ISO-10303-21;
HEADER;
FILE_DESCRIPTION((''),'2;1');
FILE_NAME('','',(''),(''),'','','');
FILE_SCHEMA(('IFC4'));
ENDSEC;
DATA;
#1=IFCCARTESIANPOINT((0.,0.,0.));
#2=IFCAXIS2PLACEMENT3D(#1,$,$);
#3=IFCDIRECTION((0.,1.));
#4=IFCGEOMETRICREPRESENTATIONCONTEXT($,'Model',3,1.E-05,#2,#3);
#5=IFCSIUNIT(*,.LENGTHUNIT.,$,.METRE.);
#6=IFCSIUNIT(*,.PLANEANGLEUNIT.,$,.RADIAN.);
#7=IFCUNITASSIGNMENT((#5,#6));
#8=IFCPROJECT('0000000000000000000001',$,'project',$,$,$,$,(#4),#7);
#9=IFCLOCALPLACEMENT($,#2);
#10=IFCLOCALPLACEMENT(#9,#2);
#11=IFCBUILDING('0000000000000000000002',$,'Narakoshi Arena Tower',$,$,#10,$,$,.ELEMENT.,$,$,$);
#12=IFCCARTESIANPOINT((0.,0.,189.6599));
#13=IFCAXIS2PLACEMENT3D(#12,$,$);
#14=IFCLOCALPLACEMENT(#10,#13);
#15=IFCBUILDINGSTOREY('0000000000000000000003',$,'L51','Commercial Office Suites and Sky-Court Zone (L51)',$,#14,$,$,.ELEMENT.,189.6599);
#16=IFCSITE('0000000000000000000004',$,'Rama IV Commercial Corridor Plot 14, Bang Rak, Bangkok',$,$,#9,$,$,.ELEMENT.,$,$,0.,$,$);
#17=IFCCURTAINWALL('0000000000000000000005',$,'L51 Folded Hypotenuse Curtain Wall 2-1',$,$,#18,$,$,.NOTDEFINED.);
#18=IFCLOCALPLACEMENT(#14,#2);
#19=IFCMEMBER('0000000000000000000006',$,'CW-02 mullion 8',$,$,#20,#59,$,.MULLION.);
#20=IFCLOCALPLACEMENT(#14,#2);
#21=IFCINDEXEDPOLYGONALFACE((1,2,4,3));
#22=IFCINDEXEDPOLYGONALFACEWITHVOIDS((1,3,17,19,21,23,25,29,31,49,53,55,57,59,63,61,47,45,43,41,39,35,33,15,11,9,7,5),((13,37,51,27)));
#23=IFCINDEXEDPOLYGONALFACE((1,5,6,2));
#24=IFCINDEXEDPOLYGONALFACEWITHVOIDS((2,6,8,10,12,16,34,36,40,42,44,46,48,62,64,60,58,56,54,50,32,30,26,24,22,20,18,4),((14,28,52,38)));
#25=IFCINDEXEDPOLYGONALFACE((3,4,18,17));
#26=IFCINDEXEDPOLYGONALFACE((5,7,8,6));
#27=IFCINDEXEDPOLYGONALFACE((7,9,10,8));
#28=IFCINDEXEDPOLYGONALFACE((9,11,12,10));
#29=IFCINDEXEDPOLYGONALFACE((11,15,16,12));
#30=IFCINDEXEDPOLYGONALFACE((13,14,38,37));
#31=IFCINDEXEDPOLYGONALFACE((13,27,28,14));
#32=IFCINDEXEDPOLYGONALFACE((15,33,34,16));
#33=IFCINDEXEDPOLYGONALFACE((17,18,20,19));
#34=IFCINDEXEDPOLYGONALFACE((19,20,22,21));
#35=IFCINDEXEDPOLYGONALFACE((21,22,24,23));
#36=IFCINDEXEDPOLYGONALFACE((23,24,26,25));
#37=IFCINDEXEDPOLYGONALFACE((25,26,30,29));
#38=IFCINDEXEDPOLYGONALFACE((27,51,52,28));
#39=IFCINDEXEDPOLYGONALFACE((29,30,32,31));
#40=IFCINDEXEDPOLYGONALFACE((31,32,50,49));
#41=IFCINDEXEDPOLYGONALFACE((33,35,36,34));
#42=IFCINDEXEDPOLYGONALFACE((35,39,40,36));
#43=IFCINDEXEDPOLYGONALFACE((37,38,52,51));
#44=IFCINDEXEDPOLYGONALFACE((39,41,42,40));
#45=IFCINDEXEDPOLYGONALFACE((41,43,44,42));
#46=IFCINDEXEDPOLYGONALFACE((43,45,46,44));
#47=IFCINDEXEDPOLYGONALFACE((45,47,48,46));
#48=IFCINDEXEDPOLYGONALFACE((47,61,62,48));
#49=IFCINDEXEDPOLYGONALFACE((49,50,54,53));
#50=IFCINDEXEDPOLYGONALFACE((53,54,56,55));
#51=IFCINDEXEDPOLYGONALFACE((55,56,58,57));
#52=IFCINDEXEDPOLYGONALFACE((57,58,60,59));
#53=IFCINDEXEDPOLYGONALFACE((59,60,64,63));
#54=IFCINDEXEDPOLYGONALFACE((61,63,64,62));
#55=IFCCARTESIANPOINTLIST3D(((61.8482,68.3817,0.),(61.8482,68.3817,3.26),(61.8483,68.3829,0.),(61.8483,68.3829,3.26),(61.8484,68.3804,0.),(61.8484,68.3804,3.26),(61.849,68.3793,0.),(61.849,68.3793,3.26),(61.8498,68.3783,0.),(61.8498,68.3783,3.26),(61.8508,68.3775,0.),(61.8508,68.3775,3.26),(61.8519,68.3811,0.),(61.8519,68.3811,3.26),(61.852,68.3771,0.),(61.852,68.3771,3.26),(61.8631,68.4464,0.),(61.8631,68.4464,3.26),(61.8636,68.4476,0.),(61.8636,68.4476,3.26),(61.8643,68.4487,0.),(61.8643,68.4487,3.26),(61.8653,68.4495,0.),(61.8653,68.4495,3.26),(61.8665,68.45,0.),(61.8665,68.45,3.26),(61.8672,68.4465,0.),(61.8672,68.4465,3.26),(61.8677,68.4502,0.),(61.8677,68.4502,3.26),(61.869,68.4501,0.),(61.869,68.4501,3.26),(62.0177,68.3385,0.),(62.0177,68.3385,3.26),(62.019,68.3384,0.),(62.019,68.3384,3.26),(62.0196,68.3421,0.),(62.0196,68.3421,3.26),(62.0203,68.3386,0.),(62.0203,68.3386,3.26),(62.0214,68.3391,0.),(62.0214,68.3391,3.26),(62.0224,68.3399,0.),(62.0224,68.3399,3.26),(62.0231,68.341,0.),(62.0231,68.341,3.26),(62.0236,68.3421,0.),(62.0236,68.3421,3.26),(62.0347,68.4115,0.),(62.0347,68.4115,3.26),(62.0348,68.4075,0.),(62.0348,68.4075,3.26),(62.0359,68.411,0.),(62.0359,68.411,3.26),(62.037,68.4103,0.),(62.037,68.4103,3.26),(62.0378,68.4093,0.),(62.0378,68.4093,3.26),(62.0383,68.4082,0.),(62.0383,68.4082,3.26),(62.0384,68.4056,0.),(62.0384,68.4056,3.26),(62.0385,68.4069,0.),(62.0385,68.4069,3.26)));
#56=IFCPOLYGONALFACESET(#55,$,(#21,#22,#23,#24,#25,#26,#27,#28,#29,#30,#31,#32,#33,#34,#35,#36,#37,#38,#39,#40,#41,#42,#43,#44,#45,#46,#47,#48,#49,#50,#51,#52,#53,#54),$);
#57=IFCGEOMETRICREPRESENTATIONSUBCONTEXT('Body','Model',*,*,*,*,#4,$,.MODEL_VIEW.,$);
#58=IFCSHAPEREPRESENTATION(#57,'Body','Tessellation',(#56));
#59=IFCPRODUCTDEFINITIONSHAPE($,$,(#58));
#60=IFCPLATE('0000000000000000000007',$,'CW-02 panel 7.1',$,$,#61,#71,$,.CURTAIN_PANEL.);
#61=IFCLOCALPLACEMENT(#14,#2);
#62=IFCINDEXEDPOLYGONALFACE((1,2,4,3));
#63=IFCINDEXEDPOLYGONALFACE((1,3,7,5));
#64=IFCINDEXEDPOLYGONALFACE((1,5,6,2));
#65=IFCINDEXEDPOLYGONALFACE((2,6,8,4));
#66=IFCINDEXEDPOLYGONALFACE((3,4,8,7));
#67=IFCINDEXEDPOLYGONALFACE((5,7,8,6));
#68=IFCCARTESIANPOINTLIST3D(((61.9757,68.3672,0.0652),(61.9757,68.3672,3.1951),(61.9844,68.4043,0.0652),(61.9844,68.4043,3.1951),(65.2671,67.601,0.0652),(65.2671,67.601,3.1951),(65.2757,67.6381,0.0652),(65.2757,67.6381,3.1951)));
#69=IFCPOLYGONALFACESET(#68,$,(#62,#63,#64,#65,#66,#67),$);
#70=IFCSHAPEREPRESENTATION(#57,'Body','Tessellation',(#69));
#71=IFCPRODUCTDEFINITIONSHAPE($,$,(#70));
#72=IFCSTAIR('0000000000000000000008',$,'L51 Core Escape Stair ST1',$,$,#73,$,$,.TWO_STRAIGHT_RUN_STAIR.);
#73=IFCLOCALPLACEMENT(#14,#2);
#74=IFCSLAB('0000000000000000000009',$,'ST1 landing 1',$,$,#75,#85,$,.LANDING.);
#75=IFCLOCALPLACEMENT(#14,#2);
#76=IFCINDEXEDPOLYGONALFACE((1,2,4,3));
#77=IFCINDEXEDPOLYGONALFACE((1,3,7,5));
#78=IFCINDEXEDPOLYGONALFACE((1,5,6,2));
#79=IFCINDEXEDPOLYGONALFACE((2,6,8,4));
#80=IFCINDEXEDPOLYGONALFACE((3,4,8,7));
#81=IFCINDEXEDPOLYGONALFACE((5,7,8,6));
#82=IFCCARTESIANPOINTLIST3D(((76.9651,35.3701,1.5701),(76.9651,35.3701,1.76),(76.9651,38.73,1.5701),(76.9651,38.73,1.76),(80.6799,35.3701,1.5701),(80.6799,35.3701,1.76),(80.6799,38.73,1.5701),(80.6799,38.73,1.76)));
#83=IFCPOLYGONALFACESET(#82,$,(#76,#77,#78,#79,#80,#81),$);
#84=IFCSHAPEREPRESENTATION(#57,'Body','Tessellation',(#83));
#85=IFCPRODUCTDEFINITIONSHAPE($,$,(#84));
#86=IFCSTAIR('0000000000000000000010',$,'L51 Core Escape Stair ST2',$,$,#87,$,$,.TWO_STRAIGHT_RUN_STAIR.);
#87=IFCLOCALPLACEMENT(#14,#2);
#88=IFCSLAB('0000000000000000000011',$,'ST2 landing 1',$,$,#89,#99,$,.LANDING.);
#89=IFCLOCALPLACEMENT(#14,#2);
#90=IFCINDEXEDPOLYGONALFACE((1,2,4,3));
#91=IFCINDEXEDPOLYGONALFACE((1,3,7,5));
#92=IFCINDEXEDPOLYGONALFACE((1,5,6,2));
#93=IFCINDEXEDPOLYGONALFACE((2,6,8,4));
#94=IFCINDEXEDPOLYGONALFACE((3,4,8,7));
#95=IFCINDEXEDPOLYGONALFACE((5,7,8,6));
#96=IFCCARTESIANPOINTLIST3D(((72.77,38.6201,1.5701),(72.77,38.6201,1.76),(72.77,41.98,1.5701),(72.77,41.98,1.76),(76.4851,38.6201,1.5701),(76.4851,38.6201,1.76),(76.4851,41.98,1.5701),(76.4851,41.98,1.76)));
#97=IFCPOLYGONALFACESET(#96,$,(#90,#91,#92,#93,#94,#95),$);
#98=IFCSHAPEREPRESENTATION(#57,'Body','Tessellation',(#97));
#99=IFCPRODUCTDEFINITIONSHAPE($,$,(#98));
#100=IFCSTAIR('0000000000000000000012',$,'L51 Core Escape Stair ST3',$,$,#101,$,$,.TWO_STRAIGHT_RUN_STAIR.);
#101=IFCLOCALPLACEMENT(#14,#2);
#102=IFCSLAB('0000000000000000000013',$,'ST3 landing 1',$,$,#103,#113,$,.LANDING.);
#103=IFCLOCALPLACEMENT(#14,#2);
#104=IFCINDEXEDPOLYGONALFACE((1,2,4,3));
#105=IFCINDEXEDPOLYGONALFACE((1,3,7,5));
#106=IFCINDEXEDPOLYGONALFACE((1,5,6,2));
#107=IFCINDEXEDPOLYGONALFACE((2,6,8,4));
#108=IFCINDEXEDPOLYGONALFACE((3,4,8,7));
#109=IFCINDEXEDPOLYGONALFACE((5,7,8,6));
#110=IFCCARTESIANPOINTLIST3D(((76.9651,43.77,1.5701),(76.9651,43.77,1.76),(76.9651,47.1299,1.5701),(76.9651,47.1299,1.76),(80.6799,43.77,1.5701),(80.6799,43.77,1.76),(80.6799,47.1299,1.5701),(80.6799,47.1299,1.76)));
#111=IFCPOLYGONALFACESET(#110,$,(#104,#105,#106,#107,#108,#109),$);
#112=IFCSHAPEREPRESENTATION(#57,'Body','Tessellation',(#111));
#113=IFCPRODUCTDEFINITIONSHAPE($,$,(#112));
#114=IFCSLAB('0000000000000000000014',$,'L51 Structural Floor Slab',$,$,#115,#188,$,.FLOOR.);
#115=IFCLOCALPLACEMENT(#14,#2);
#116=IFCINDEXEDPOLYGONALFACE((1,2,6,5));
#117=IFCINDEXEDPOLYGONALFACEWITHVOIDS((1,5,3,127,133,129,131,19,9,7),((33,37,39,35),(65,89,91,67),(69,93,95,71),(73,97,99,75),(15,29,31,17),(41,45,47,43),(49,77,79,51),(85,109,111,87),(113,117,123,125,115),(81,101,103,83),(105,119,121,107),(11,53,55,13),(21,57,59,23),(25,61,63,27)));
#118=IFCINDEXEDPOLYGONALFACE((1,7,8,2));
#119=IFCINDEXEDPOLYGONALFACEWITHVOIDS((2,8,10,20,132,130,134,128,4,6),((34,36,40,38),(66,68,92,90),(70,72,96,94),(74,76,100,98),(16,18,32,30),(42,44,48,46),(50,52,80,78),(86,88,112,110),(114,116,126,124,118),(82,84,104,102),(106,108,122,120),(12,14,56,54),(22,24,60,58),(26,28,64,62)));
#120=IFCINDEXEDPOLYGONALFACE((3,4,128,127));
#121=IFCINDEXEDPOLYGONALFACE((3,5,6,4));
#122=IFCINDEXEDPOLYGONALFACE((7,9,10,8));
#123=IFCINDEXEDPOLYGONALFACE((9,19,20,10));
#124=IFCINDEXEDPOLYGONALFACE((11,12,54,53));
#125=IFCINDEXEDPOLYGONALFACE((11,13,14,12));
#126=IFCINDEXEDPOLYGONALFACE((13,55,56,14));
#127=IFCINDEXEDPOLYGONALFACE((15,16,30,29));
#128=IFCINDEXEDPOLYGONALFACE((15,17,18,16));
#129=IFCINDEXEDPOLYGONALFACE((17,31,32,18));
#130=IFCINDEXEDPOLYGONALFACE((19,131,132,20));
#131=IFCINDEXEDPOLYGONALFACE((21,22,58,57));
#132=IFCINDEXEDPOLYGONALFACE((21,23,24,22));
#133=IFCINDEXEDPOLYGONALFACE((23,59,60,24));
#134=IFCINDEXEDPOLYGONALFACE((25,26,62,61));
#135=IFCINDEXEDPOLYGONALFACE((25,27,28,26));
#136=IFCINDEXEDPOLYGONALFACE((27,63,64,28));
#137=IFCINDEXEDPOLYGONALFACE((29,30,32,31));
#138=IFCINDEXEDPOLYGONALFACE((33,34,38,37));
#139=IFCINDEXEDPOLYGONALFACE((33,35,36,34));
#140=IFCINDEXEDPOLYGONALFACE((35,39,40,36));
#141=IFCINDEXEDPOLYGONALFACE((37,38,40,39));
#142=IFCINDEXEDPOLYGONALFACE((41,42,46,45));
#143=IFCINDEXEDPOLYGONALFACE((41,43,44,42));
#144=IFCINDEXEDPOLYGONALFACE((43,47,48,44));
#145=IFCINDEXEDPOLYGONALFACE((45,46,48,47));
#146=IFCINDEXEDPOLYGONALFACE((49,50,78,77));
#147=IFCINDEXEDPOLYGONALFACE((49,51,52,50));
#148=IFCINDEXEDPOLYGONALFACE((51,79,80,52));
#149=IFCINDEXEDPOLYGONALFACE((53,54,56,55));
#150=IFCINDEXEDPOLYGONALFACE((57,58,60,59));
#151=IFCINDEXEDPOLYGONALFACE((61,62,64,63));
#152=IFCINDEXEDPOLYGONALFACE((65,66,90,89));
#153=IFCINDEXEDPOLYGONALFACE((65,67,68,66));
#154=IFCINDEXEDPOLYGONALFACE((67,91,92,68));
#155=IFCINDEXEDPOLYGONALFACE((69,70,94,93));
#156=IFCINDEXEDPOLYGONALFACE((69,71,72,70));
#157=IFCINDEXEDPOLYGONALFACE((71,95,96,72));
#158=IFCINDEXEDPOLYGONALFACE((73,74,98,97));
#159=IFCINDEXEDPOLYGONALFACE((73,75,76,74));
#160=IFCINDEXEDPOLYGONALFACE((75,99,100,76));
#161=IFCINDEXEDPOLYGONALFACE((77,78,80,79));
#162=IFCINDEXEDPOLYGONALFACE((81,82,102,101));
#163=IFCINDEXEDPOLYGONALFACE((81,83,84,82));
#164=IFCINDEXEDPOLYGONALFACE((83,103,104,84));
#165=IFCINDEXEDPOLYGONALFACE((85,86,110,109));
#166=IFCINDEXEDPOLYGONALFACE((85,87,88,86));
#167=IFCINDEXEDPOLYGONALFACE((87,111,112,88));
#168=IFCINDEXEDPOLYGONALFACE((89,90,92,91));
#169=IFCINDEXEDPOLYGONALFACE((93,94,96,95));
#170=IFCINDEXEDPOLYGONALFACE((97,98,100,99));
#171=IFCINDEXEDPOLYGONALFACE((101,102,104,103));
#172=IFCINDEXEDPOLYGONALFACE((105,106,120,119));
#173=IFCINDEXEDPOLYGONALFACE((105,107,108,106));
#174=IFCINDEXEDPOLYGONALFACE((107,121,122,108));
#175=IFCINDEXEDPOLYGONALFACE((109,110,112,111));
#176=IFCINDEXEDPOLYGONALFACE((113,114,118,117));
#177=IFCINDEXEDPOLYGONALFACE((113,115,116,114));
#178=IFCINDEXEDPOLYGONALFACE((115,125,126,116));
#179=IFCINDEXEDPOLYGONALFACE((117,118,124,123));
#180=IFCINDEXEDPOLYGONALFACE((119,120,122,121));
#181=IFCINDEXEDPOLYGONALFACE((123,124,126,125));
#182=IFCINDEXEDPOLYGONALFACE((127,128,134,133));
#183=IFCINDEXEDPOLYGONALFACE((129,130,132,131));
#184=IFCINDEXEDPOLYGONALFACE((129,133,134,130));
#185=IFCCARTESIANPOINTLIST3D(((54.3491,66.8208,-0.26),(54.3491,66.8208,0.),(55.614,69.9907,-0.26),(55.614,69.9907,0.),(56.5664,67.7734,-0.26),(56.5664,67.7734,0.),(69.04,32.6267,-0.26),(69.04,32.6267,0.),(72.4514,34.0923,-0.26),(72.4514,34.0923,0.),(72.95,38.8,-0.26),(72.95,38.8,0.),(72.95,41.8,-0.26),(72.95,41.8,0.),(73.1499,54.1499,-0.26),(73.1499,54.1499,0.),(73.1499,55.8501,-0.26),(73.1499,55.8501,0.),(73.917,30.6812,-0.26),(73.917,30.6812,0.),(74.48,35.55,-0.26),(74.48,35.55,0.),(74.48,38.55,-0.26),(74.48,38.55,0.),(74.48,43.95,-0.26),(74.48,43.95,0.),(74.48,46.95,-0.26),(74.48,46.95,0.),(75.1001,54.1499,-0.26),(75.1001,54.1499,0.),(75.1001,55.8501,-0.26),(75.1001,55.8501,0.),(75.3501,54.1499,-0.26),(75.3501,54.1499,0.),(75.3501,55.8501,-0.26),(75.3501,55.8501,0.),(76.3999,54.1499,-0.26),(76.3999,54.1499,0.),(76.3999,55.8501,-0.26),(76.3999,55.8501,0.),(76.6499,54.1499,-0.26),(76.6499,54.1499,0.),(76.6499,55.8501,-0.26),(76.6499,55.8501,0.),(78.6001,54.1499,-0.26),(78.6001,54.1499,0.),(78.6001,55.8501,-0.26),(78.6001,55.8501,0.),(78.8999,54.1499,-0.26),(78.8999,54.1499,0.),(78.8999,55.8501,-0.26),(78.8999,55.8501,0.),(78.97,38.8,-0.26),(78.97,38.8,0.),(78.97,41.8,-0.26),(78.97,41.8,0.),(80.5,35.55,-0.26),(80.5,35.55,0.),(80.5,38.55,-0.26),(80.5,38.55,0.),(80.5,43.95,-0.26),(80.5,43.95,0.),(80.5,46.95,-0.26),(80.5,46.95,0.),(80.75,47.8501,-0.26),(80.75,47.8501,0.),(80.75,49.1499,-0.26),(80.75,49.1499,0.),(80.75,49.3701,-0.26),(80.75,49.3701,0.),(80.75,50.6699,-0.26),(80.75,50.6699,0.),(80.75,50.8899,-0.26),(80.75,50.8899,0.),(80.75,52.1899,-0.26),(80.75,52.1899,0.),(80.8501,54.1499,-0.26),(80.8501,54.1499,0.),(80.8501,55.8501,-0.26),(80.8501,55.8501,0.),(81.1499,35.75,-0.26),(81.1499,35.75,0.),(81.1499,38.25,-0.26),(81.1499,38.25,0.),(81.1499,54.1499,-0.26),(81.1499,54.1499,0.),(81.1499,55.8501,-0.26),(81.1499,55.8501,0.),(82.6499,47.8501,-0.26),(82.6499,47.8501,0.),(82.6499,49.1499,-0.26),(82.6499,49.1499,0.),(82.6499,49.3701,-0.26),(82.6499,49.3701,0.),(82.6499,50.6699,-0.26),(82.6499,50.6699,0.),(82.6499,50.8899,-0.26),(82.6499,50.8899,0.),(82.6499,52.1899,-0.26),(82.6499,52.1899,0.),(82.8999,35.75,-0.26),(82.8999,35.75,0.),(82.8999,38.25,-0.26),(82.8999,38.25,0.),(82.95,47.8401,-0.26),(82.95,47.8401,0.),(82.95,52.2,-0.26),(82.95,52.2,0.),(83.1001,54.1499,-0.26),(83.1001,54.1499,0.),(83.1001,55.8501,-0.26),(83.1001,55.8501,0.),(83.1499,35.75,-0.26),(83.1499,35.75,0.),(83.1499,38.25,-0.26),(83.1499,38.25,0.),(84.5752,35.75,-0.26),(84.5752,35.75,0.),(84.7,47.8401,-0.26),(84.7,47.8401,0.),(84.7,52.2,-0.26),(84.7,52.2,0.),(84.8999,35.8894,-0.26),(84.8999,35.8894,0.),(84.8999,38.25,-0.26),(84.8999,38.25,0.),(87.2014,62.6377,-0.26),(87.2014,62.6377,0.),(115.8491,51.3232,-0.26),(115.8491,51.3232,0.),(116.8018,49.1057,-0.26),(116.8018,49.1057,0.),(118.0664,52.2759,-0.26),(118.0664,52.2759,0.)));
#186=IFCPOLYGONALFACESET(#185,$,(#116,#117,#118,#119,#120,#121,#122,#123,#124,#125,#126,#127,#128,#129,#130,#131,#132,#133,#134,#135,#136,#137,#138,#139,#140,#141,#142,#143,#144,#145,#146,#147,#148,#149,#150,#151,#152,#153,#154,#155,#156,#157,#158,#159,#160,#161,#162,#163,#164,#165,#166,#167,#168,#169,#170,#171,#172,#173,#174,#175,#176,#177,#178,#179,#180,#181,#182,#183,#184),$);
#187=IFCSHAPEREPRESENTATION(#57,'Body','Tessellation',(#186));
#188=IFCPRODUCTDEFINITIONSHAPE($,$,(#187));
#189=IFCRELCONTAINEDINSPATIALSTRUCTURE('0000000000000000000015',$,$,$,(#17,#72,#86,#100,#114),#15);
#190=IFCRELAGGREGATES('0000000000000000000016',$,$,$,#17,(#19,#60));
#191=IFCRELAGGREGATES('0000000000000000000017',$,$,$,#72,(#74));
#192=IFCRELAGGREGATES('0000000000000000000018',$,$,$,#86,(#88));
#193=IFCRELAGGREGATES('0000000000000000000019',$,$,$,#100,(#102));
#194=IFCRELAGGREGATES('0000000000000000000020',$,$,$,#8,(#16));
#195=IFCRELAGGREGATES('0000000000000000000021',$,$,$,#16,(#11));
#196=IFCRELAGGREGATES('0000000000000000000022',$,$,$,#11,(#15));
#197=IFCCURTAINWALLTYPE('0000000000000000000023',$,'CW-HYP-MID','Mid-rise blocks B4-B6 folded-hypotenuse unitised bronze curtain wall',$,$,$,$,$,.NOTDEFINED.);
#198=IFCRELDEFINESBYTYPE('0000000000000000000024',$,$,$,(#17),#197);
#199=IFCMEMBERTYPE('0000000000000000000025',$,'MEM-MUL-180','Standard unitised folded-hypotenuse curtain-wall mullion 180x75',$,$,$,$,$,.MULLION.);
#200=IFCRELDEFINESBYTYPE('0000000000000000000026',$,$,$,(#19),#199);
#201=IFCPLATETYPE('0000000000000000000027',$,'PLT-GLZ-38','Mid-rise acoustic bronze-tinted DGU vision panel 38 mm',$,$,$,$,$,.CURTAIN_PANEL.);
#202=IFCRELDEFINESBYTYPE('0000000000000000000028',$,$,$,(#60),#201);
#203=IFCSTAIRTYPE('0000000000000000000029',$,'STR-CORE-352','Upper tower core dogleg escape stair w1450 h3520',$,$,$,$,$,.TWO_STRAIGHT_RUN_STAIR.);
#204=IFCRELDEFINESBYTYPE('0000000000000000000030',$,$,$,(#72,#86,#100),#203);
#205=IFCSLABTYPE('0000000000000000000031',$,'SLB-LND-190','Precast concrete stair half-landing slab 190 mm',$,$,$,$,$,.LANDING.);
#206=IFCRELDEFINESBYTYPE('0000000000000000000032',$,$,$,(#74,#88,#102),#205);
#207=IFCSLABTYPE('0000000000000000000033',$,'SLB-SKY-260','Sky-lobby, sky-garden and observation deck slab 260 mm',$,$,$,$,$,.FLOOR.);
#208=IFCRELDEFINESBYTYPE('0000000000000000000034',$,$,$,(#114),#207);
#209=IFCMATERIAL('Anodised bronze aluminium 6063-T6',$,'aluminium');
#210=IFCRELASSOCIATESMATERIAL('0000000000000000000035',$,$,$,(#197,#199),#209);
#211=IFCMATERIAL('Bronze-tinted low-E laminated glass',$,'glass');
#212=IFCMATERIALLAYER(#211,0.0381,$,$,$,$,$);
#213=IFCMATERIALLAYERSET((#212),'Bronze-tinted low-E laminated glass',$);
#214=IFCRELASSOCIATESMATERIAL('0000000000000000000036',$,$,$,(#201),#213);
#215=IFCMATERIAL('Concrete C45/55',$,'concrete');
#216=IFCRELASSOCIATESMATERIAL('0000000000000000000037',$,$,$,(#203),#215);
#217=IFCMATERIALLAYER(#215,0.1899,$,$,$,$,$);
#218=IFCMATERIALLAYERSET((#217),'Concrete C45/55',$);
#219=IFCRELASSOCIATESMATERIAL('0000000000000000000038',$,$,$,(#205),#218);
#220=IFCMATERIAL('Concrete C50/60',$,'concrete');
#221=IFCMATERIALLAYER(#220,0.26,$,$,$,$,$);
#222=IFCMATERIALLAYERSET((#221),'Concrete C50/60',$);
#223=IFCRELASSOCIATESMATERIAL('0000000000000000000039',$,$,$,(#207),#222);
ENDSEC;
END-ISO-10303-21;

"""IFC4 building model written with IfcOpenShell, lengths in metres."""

from ifc_helpers import new_model, si_unit, direction, frame, origin, origin_2d, place, context, subcontext, project, spatial, polyline, rectangle, hollow_rectangle, outline, extrude, material, layer, layer_set, material_profile, profile_set, type_object, element, aggregate, save


model = new_model("IFC4")

# Units and contexts
model_context = context("Model", 3, precision=1e-05, world=origin(), true_north=direction((0.0, 1.0)))
body_context = subcontext(model_context, "Body", "Model", "MODEL_VIEW")
ifc_project = project(units=[si_unit("LENGTHUNIT", "METRE"), si_unit("PLANEANGLEUNIT", "RADIAN")], contexts=[model_context])

# Site, building, storey
site_placement = place(None, origin())
site = spatial("IfcSite", under=ifc_project, at=site_placement, Name="Rama IV Commercial Corridor Plot 14, Bang Rak, Bangkok", CompositionType="ELEMENT", RefElevation=0.0)
building_placement = place(site_placement, origin())
building = spatial("IfcBuilding", under=site, at=building_placement, Name="Narakoshi Arena Tower", CompositionType="ELEMENT")
storey_placement = place(building_placement, frame((0.0, 0.0, 189.6599)))
storey = spatial("IfcBuildingStorey", under=building, at=storey_placement, Name="L51", Description="Commercial Office Suites and Sky-Court Zone (L51)", CompositionType="ELEMENT", Elevation=189.6599)

# Shared definitions
ifc_material_1 = material(Name="Concrete C50/60", Category="concrete")

# Curtain wall, member, plate
ifc_material_2 = material(Name="Anodised bronze aluminium 6063-T6", Category="aluminium")
curtain_wall_type = type_object("IfcCurtainWallType", Name="CW-HYP-MID", Description="Mid-rise blocks B4-B6 folded-hypotenuse unitised bronze curtain wall", PredefinedType="NOTDEFINED", material=ifc_material_2)
curtain_wall_placement = place(storey_placement, origin())
curtain_wall = element("IfcCurtainWall", 1, at=curtain_wall_placement, inside=storey, type_object=curtain_wall_type, Name="L51 Folded Hypotenuse Curtain Wall 2-1", PredefinedType="NOTDEFINED")
ifc_material_profile_1 = material_profile(ifc_material_2, hollow_rectangle(XDim=0.075, YDim=0.1799, WallThickness=0.0039, OuterFilletRadius=0.0049, at=origin_2d()), Name="MUL180x75x4")
ifc_profile_set_1 = profile_set([ifc_material_profile_1], Name="Anodised bronze aluminium 6063-T6")
member_type = type_object("IfcMemberType", Name="MEM-MUL-180", Description="Standard unitised folded-hypotenuse curtain-wall mullion 180x75", PredefinedType="MULLION", material=ifc_profile_set_1)
member_placement = place(storey_placement, frame((61.9434, 68.3943, 0.0), z_axis=(0.0, 0.0, 1.0), x_axis=(-0.226721, -0.97396, 0.0)))
member = element("IfcMember", 2, at=member_placement, type_object=member_type, Name="CW-02 mullion 8", PredefinedType="MULLION", context=body_context, shape_type="SweptSolid", body=[
    extrude(hollow_rectangle(XDim=0.075, YDim=0.1799, WallThickness=0.0039, OuterFilletRadius=0.0049, at=origin_2d()), origin(), (0.0, 0.0, 1.0), 3.26),
])
ifc_material_3 = material(Name="Bronze-tinted low-E laminated glass", Category="glass")
ifc_layer_1 = layer(ifc_material_3, 0.0381)
ifc_layer_set_1 = layer_set([ifc_layer_1], Name="Bronze-tinted low-E laminated glass")
plate_type = type_object("IfcPlateType", Name="PLT-GLZ-38", Description="Mid-rise acoustic bronze-tinted DGU vision panel 38 mm", PredefinedType="CURTAIN_PANEL", material=ifc_layer_set_1)
plate_placement = place(storey_placement, frame((63.6257, 68.0027, 0.0652), z_axis=(0.0, 0.0, 1.0), x_axis=(-0.97396, 0.226721, 0.0)))
plate = element("IfcPlate", 3, at=plate_placement, type_object=plate_type, Name="CW-02 panel 7.1", PredefinedType="CURTAIN_PANEL", context=body_context, shape_type="SweptSolid", body=[
    extrude(rectangle(XDim=3.3794, YDim=0.0381, at=origin_2d()), origin(), (0.0, 0.0, 1.0), 3.1299),
])
aggregate(curtain_wall, [member, plate])

# Stairs, slabs
ifc_material_4 = material(Name="Concrete C45/55", Category="concrete")
stair_type = type_object("IfcStairType", Name="STR-CORE-352", Description="Upper tower core dogleg escape stair w1450 h3520", PredefinedType="TWO_STRAIGHT_RUN_STAIR", material=ifc_material_4)
stair_1_placement = place(storey_placement, origin())
stair_1 = element("IfcStair", 4, at=stair_1_placement, inside=storey, type_object=stair_type, Name="L51 Core Escape Stair ST1", PredefinedType="TWO_STRAIGHT_RUN_STAIR")
ifc_layer_2 = layer(ifc_material_4, 0.1899)
ifc_layer_set_2 = layer_set([ifc_layer_2], Name="Concrete C45/55")
slab_type_1 = type_object("IfcSlabType", Name="SLB-LND-190", Description="Precast concrete stair half-landing slab 190 mm", PredefinedType="LANDING", material=ifc_layer_set_2)
slab_1_placement = place(storey_placement, frame((0.0, 0.0, 1.5701)))
slab_1 = element("IfcSlab", 5, at=slab_1_placement, type_object=slab_type_1, Name="ST1 landing 1", PredefinedType="LANDING", context=body_context, shape_type="SweptSolid", body=[
    extrude(outline(polyline([(76.9651, 35.3701), (80.6799, 35.3701), (80.6799, 38.73), (76.9651, 38.73), (76.9651, 35.3701)])), origin(), (0.0, 0.0, 1.0), 0.1899),
])
aggregate(stair_1, [slab_1])
stair_2_placement = place(storey_placement, origin())
stair_2 = element("IfcStair", 6, at=stair_2_placement, inside=storey, type_object=stair_type, Name="L51 Core Escape Stair ST2", PredefinedType="TWO_STRAIGHT_RUN_STAIR")
slab_2_placement = place(storey_placement, frame((0.0, 0.0, 1.5701)))
slab_2 = element("IfcSlab", 7, at=slab_2_placement, type_object=slab_type_1, Name="ST2 landing 1", PredefinedType="LANDING", context=body_context, shape_type="SweptSolid", body=[
    extrude(outline(polyline([(72.77, 38.6201), (76.4851, 38.6201), (76.4851, 41.98), (72.77, 41.98), (72.77, 38.6201)])), origin(), (0.0, 0.0, 1.0), 0.1899),
])
aggregate(stair_2, [slab_2])
stair_3_placement = place(storey_placement, origin())
stair_3 = element("IfcStair", 8, at=stair_3_placement, inside=storey, type_object=stair_type, Name="L51 Core Escape Stair ST3", PredefinedType="TWO_STRAIGHT_RUN_STAIR")
slab_3_placement = place(storey_placement, frame((0.0, 0.0, 1.5701)))
slab_3 = element("IfcSlab", 9, at=slab_3_placement, type_object=slab_type_1, Name="ST3 landing 1", PredefinedType="LANDING", context=body_context, shape_type="SweptSolid", body=[
    extrude(outline(polyline([(76.9651, 43.77), (80.6799, 43.77), (80.6799, 47.1299), (76.9651, 47.1299), (76.9651, 43.77)])), origin(), (0.0, 0.0, 1.0), 0.1899),
])
aggregate(stair_3, [slab_3])

# Slab
ifc_layer_3 = layer(ifc_material_1, 0.26)
ifc_layer_set_3 = layer_set([ifc_layer_3], Name="Concrete C50/60")
slab_type_2 = type_object("IfcSlabType", Name="SLB-SKY-260", Description="Sky-lobby, sky-garden and observation deck slab 260 mm", PredefinedType="FLOOR", material=ifc_layer_set_3)
slab_4_placement = place(storey_placement, frame((0.0, 0.0, -0.26)))
element("IfcSlab", 10, at=slab_4_placement, inside=storey, type_object=slab_type_2, Name="L51 Structural Floor Slab", PredefinedType="FLOOR", context=body_context, shape_type="SweptSolid", body=[
    extrude(outline(polyline([(73.917, 30.6812), (116.8018, 49.1057), (115.8491, 51.3232), (118.0664, 52.2759), (87.2014, 62.6377), (55.614, 69.9907), (56.5664, 67.7734), (54.3491, 66.8208), (69.04, 32.6267), (72.4514, 34.0923), (73.917, 30.6812)]), holes=[polyline([(80.5, 35.55), (74.48, 35.55), (74.48, 38.55), (80.5, 38.55), (80.5, 35.55)]), polyline([(82.8999, 35.75), (81.1499, 35.75), (81.1499, 38.25), (82.8999, 38.25), (82.8999, 35.75)]), polyline([(84.5752, 35.75), (83.1499, 35.75), (83.1499, 38.25), (84.8999, 38.25), (84.8999, 35.8894), (84.5752, 35.75)]), polyline([(72.95, 38.8), (72.95, 41.8), (78.97, 41.8), (78.97, 38.8), (72.95, 38.8)]), polyline([(74.48, 43.95), (74.48, 46.95), (80.5, 46.95), (80.5, 43.95), (74.48, 43.95)]), polyline([(82.95, 47.8401), (82.95, 52.2), (84.7, 52.2), (84.7, 47.8401), (82.95, 47.8401)]), polyline([(80.75, 47.8501), (80.75, 49.1499), (82.6499, 49.1499), (82.6499, 47.8501), (80.75, 47.8501)]), polyline([(80.75, 49.3701), (80.75, 50.6699), (82.6499, 50.6699), (82.6499, 49.3701), (80.75, 49.3701)]), polyline([(80.75, 50.8899), (80.75, 52.1899), (82.6499, 52.1899), (82.6499, 50.8899), (80.75, 50.8899)]), polyline([(73.1499, 54.1499), (73.1499, 55.8501), (75.1001, 55.8501), (75.1001, 54.1499), (73.1499, 54.1499)]), polyline([(75.3501, 54.1499), (75.3501, 55.8501), (76.3999, 55.8501), (76.3999, 54.1499), (75.3501, 54.1499)]), polyline([(76.6499, 54.1499), (76.6499, 55.8501), (78.6001, 55.8501), (78.6001, 54.1499), (76.6499, 54.1499)]), polyline([(78.8999, 54.1499), (78.8999, 55.8501), (80.8501, 55.8501), (80.8501, 54.1499), (78.8999, 54.1499)]), polyline([(81.1499, 54.1499), (81.1499, 55.8501), (83.1001, 55.8501), (83.1001, 54.1499), (81.1499, 54.1499)])]), origin(), (0.0, 0.0, 1.0), 0.26),
])

save(model, "model.ifc")
